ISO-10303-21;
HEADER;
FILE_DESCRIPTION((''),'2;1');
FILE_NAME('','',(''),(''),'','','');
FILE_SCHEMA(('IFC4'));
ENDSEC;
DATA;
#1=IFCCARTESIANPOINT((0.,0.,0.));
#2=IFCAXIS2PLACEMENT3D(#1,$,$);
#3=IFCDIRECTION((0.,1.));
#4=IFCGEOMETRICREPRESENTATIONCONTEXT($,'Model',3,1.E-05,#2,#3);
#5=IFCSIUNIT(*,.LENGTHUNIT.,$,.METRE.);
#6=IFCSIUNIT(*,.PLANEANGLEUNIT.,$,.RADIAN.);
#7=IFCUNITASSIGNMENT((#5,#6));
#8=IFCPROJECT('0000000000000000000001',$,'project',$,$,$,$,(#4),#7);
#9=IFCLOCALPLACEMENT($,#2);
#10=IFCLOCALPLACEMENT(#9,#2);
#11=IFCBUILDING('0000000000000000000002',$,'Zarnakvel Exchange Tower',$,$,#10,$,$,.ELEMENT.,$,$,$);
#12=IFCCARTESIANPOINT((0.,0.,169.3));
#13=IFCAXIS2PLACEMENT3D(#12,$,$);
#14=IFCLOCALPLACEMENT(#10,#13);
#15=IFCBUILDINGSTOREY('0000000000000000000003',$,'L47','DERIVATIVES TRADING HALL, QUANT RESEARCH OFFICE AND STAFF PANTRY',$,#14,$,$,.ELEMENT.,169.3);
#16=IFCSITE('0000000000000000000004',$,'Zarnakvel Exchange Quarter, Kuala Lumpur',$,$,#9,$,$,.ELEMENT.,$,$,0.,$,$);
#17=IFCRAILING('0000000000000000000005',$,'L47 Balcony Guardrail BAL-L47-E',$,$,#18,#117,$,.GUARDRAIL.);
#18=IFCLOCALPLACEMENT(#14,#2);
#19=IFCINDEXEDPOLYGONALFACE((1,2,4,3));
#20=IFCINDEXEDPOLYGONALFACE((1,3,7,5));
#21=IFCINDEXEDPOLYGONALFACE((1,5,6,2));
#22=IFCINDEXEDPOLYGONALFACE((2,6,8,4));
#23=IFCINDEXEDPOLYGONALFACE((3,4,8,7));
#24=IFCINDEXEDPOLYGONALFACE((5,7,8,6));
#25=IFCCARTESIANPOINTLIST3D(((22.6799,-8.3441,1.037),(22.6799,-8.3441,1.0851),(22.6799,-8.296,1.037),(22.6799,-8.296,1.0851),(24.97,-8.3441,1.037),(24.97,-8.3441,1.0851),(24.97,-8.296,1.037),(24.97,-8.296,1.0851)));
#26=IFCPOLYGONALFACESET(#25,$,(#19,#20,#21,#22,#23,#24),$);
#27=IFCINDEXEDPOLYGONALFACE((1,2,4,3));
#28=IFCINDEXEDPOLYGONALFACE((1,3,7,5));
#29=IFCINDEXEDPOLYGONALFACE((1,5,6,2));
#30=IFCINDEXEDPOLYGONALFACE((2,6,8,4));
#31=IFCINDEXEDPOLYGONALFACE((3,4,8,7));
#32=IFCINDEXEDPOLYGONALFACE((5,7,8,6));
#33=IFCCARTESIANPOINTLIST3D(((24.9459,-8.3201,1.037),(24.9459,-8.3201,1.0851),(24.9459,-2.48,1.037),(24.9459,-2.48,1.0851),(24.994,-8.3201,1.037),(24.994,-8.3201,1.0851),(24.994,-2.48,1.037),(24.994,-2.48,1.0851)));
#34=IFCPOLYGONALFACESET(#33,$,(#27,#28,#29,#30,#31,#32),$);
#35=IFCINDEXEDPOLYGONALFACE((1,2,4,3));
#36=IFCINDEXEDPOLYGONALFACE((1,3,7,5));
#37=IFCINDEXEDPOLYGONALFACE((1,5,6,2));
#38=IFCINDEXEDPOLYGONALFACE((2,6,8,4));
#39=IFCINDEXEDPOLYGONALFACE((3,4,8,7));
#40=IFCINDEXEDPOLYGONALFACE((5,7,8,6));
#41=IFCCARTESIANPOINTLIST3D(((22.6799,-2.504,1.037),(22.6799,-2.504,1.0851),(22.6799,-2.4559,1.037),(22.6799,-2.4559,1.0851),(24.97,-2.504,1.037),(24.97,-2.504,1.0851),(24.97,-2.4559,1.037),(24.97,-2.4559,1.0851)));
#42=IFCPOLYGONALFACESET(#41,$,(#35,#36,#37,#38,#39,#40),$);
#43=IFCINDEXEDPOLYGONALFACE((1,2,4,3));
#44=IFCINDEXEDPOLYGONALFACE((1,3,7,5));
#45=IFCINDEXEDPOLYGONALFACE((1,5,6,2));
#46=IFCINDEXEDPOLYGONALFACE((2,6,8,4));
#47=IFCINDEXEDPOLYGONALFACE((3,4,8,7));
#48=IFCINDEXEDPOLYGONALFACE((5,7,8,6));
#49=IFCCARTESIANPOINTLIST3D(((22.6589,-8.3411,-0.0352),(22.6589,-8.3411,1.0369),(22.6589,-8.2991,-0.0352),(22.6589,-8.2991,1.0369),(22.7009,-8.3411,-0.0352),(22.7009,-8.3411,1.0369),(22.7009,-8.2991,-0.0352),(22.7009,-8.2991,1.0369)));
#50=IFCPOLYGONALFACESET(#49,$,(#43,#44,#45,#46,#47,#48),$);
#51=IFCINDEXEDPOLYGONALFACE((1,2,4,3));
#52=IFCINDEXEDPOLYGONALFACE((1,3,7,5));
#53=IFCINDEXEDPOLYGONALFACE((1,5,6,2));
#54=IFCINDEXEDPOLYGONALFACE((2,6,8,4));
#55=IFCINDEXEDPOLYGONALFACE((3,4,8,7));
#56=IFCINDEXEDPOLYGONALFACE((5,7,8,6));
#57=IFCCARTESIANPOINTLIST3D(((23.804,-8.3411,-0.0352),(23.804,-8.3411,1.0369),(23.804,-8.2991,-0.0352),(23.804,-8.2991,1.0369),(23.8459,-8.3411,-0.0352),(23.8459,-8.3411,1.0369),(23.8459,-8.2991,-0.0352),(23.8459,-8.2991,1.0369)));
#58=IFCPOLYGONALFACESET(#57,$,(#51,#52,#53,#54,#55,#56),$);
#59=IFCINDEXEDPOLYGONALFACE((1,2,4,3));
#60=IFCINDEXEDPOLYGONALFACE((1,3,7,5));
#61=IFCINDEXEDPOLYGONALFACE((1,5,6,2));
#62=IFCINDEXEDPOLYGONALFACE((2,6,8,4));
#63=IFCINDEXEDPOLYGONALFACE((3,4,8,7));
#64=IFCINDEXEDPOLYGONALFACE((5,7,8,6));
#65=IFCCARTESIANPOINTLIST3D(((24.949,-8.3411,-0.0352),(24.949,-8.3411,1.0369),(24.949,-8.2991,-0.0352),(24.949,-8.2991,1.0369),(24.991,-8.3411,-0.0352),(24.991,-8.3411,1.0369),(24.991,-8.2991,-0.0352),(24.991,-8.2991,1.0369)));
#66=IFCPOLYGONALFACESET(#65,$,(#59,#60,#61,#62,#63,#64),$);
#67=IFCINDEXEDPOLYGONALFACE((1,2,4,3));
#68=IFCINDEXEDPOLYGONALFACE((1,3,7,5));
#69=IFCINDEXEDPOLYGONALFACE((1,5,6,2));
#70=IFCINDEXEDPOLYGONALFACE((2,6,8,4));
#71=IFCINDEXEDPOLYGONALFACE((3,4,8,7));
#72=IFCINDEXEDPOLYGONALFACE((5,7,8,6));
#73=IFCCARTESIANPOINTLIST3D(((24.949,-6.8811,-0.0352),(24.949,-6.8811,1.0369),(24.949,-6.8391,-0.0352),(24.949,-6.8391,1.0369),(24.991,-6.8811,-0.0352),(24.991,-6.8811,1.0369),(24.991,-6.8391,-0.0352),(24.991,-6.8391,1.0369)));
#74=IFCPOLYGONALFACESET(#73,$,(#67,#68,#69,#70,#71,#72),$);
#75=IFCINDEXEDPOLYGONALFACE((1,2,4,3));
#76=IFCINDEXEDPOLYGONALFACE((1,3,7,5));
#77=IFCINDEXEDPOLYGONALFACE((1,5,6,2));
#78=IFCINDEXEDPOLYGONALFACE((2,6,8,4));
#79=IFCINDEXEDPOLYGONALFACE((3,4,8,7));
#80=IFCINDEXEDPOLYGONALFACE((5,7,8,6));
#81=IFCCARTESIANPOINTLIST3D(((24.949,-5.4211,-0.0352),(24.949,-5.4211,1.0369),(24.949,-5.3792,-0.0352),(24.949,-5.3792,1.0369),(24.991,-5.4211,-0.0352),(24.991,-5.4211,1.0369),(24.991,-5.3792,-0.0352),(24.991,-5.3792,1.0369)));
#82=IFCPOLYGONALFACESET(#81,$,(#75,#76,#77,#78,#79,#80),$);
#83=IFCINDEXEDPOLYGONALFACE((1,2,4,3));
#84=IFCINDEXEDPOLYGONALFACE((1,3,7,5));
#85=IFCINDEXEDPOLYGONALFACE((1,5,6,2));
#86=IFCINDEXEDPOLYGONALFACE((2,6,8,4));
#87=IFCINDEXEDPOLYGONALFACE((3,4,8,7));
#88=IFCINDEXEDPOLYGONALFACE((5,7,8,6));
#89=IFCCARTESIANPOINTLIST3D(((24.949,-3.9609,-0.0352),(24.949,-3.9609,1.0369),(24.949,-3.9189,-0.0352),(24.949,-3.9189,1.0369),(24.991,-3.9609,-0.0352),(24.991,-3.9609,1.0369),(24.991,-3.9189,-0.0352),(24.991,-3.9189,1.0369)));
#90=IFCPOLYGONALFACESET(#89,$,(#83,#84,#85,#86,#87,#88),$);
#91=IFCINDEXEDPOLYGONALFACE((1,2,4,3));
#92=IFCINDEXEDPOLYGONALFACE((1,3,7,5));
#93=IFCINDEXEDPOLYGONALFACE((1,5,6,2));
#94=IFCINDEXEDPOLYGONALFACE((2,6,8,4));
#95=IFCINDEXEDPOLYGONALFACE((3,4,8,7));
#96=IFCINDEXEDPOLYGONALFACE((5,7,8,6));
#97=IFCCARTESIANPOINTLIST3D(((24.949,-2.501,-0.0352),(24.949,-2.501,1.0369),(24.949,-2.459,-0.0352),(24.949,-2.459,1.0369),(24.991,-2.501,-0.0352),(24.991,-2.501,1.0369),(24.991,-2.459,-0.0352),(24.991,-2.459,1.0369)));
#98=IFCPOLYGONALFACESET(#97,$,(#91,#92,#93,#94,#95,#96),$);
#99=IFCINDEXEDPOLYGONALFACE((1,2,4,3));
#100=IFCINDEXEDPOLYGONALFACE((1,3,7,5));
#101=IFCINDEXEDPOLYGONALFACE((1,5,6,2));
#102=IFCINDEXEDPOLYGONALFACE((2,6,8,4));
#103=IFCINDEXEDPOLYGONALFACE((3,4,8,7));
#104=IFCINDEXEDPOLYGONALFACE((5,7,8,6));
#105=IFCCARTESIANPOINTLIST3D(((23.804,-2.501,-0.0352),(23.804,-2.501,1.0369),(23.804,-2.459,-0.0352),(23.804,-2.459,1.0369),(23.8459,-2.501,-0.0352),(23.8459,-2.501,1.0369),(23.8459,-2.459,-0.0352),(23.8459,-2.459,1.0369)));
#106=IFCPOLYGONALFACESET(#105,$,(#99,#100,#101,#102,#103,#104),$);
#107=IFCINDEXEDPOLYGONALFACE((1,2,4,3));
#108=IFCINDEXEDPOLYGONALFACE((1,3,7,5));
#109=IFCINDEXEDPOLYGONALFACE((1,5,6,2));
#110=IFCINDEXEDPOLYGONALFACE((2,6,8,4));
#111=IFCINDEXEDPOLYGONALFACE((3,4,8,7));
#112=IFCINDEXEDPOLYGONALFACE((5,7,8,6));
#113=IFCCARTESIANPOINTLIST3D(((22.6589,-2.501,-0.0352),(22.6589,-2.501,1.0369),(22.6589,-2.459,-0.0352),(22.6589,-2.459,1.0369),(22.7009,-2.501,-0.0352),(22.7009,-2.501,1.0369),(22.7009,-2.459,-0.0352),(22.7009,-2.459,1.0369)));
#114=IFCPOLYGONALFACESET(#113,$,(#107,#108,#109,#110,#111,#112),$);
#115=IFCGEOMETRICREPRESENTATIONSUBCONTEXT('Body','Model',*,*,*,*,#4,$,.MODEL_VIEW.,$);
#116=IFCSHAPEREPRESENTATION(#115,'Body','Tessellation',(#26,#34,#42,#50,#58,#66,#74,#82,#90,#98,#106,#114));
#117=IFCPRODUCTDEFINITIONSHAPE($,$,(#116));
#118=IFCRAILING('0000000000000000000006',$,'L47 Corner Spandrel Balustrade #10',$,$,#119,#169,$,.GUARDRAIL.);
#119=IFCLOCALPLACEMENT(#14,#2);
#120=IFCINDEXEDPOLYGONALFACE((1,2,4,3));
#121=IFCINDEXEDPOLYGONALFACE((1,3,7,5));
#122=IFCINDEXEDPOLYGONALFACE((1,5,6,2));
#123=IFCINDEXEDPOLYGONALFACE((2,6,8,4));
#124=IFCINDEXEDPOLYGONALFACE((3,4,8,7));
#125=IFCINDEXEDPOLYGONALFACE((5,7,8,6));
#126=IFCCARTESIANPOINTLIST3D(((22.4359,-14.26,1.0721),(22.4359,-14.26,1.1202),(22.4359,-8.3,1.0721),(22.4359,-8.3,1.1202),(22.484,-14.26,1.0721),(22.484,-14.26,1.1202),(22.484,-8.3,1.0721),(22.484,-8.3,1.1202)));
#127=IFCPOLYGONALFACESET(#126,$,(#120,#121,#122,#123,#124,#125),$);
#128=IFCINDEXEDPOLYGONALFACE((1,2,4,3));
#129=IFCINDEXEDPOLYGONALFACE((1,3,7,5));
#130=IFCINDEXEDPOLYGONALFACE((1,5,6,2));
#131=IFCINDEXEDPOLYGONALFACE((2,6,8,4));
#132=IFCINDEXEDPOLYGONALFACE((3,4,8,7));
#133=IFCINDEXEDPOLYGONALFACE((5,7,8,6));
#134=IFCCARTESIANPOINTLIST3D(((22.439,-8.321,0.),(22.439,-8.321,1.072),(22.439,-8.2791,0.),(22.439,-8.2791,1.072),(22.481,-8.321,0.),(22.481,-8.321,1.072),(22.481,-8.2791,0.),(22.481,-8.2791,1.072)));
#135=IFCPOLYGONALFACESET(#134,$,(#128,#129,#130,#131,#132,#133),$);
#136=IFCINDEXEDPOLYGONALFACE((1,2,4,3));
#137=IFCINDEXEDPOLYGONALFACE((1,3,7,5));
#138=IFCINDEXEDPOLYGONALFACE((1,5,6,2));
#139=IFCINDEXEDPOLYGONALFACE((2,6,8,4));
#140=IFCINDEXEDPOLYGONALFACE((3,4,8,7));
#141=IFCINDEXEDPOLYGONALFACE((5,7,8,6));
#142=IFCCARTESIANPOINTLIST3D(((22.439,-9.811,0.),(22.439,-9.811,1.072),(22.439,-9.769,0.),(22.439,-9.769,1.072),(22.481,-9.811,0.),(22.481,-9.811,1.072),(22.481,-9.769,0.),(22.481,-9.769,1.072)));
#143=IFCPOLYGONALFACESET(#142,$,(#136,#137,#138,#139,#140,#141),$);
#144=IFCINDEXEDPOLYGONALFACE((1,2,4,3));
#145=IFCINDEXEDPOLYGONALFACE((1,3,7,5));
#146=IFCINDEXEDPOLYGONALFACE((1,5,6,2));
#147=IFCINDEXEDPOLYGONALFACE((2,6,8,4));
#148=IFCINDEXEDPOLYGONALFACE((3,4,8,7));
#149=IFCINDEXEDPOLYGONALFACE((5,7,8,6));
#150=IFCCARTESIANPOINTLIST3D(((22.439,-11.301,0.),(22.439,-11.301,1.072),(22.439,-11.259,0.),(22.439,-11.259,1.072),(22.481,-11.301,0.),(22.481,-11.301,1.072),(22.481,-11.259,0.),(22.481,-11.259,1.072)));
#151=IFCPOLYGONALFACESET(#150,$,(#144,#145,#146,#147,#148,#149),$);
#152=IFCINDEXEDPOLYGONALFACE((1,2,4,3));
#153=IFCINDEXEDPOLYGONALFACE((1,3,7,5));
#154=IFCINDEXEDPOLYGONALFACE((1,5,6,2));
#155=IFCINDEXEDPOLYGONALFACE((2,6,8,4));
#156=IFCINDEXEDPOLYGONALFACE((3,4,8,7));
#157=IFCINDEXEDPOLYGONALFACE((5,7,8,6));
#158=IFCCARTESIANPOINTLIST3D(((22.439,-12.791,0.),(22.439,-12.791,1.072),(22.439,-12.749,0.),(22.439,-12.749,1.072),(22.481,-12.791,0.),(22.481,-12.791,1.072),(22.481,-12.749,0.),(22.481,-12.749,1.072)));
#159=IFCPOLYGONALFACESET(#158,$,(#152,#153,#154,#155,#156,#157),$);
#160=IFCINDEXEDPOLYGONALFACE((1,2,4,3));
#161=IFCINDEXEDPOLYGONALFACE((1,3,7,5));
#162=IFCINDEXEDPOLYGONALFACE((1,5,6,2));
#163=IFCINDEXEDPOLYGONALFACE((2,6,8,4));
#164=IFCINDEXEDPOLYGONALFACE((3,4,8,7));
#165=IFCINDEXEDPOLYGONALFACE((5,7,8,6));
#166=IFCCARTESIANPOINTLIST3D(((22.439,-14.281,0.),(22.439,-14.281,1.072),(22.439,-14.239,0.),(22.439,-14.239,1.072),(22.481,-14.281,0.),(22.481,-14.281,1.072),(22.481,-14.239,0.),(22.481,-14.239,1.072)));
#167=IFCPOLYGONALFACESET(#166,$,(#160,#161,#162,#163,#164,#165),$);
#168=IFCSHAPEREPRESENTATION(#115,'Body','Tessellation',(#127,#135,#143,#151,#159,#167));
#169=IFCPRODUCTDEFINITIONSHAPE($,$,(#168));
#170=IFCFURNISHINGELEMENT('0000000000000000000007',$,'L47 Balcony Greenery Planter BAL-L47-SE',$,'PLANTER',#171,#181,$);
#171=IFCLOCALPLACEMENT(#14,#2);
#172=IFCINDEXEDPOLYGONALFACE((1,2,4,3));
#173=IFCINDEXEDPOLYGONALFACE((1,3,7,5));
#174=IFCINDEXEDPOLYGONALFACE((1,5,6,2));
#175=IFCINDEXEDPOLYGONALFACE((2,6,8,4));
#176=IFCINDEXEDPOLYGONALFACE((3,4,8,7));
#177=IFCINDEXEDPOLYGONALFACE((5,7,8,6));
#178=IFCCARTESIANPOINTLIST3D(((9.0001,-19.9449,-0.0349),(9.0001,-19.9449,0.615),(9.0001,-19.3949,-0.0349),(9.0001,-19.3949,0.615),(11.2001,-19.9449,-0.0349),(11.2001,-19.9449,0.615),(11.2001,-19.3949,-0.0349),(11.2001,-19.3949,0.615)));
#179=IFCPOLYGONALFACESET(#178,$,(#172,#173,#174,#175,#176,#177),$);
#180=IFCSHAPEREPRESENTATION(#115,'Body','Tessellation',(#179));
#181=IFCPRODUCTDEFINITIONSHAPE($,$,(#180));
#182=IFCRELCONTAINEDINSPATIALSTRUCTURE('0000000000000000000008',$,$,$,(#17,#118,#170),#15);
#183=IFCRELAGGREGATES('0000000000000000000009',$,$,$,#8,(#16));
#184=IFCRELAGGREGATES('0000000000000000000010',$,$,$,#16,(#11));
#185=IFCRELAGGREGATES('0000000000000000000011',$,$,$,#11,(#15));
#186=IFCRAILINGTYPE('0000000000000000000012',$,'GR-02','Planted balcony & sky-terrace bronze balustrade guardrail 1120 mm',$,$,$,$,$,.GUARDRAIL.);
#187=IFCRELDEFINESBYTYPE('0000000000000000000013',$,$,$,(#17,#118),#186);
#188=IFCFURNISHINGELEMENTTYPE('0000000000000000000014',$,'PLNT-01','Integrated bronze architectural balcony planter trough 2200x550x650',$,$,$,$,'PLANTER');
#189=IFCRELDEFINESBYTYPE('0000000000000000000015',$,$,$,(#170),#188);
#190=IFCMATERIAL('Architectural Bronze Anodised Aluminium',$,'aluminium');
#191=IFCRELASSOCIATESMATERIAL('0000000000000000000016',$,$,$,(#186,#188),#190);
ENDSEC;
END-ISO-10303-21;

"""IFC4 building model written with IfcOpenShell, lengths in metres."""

from ifc_helpers import new_model, si_unit, direction, frame, origin, origin_2d, place, context, subcontext, project, spatial, rectangle, extrude, source, transform, mapped, material, type_object, element, save


model = new_model("IFC4")

# Units and contexts
model_context = context("Model", 3, precision=1e-05, world=origin(), true_north=direction((0.0, 1.0)))
body_context = subcontext(model_context, "Body", "Model", "MODEL_VIEW")
ifc_project = project(units=[si_unit("LENGTHUNIT", "METRE"), si_unit("PLANEANGLEUNIT", "RADIAN")], contexts=[model_context])

# Site, building, storey
site_placement = place(None, origin())
site = spatial("IfcSite", under=ifc_project, at=site_placement, Name="Zarnakvel Exchange Quarter, Kuala Lumpur", CompositionType="ELEMENT", RefElevation=0.0)
building_placement = place(site_placement, origin())
building = spatial("IfcBuilding", under=site, at=building_placement, Name="Zarnakvel Exchange Tower", CompositionType="ELEMENT")
storey_placement = place(building_placement, frame((0.0, 0.0, 169.3)))
storey = spatial("IfcBuildingStorey", under=building, at=storey_placement, Name="L47", Description="DERIVATIVES TRADING HALL, QUANT RESEARCH OFFICE AND STAFF PANTRY", CompositionType="ELEMENT", Elevation=169.3)

# Shared definitions
ifc_material_1 = material(Name="Architectural Bronze Anodised Aluminium", Category="aluminium")

# Railings
railing_type = type_object("IfcRailingType", Name="GR-02", Description="Planted balcony & sky-terrace bronze balustrade guardrail 1120 mm", PredefinedType="GUARDRAIL", material=ifc_material_1)
railing_1_placement = place(storey_placement, frame((22.6799, -8.3201, -0.0352)))
element("IfcRailing", 1, at=railing_1_placement, inside=storey, type_object=railing_type, Name="L47 Balcony Guardrail BAL-L47-E", PredefinedType="GUARDRAIL", context=body_context, shape_type="SweptSolid", body=[
    extrude(rectangle(XDim=0.0481, YDim=0.0481, at=origin_2d()), frame((0.0, 0.0, 1.0962), z_axis=(1.0, 0.0, 0.0), x_axis=(0.0, 1.0, 0.0)), (0.0, 0.0, 1.0), 2.29),
    extrude(rectangle(XDim=0.0481, YDim=0.0481, at=origin_2d()), frame((2.29, 0.0, 1.0962), z_axis=(0.0, 1.0, 0.0), x_axis=(-1.0, 0.0, 0.0)), (0.0, 0.0, 1.0), 5.8401),
    extrude(rectangle(XDim=0.0481, YDim=0.0481, at=origin_2d()), frame((2.29, 5.8401, 1.0962), z_axis=(-1.0, 0.0, 0.0), x_axis=(0.0, -1.0, 0.0)), (0.0, 0.0, 1.0), 2.29),
    extrude(rectangle(XDim=0.042, YDim=0.042, at=origin_2d()), origin(), (0.0, 0.0, 1.0), 1.072),
    extrude(rectangle(XDim=0.042, YDim=0.042, at=origin_2d()), frame((1.145, 0.0, 0.0)), (0.0, 0.0, 1.0), 1.072),
    extrude(rectangle(XDim=0.042, YDim=0.042, at=origin_2d()), frame((2.29, 0.0, 0.0)), (0.0, 0.0, 1.0), 1.072),
    extrude(rectangle(XDim=0.042, YDim=0.042, at=origin_2d()), frame((2.29, 1.46, 0.0)), (0.0, 0.0, 1.0), 1.072),
    extrude(rectangle(XDim=0.042, YDim=0.042, at=origin_2d()), frame((2.29, 2.9199, 0.0)), (0.0, 0.0, 1.0), 1.072),
    extrude(rectangle(XDim=0.042, YDim=0.042, at=origin_2d()), frame((2.29, 4.3801, 0.0)), (0.0, 0.0, 1.0), 1.072),
    extrude(rectangle(XDim=0.042, YDim=0.042, at=origin_2d()), frame((2.29, 5.8401, 0.0)), (0.0, 0.0, 1.0), 1.072),
    extrude(rectangle(XDim=0.042, YDim=0.042, at=origin_2d()), frame((1.145, 5.8401, 0.0)), (0.0, 0.0, 1.0), 1.072),
    extrude(rectangle(XDim=0.042, YDim=0.042, at=origin_2d()), frame((0.0, 5.8401, 0.0)), (0.0, 0.0, 1.0), 1.072),
])
railing_2_placement = place(storey_placement, frame((22.46, -8.3, 0.0)))
element("IfcRailing", 2, at=railing_2_placement, inside=storey, type_object=railing_type, Name="L47 Corner Spandrel Balustrade #10", PredefinedType="GUARDRAIL", context=body_context, shape_type="SweptSolid", body=[
    extrude(rectangle(XDim=0.0481, YDim=0.0481, at=origin_2d()), frame((0.0, 0.0, 1.0962), z_axis=(0.0, -1.0, 0.0), x_axis=(1.0, 0.0, 0.0)), (0.0, 0.0, 1.0), 5.96),
    extrude(rectangle(XDim=0.042, YDim=0.042, at=origin_2d()), origin(), (0.0, 0.0, 1.0), 1.072),
    extrude(rectangle(XDim=0.042, YDim=0.042, at=origin_2d()), frame((0.0, -1.49, 0.0)), (0.0, 0.0, 1.0), 1.072),
    extrude(rectangle(XDim=0.042, YDim=0.042, at=origin_2d()), frame((0.0, -2.98, 0.0)), (0.0, 0.0, 1.0), 1.072),
    extrude(rectangle(XDim=0.042, YDim=0.042, at=origin_2d()), frame((0.0, -4.47, 0.0)), (0.0, 0.0, 1.0), 1.072),
    extrude(rectangle(XDim=0.042, YDim=0.042, at=origin_2d()), frame((0.0, -5.96, 0.0)), (0.0, 0.0, 1.0), 1.072),
])

# Furnishing element
furnishing_element_type = type_object("IfcFurnishingElementType", Name="PLNT-01", Description="Integrated bronze architectural balcony planter trough 2200x550x650", ElementType="PLANTER", material=ifc_material_1)
shared_shape_1 = source(origin(), body_context, "Body", "SweptSolid", [
    extrude(rectangle(XDim=2.2, YDim=0.55, at=origin_2d()), origin(), (0.0, 0.0, 1.0), 0.6499),
])
furnishing_placement = place(storey_placement, frame((10.1001, -19.6699, -0.0349), z_axis=(0.0, 0.0, 1.0), x_axis=(1.0, 0.0, 0.0)))
element("IfcFurnishingElement", 3, at=furnishing_placement, inside=storey, type_object=furnishing_element_type, Name="L47 Balcony Greenery Planter BAL-L47-SE", ObjectType="PLANTER", context=body_context, shape_type="MappedRepresentation", body=[
    mapped(shared_shape_1, transform((0.0, 0.0, 0.0), x_axis=(1.0, 0.0, 0.0), y_axis=(0.0, 1.0, 0.0), z_axis=(0.0, 0.0, 1.0), scale=1.0)),
])

save(model, "model.ifc")
